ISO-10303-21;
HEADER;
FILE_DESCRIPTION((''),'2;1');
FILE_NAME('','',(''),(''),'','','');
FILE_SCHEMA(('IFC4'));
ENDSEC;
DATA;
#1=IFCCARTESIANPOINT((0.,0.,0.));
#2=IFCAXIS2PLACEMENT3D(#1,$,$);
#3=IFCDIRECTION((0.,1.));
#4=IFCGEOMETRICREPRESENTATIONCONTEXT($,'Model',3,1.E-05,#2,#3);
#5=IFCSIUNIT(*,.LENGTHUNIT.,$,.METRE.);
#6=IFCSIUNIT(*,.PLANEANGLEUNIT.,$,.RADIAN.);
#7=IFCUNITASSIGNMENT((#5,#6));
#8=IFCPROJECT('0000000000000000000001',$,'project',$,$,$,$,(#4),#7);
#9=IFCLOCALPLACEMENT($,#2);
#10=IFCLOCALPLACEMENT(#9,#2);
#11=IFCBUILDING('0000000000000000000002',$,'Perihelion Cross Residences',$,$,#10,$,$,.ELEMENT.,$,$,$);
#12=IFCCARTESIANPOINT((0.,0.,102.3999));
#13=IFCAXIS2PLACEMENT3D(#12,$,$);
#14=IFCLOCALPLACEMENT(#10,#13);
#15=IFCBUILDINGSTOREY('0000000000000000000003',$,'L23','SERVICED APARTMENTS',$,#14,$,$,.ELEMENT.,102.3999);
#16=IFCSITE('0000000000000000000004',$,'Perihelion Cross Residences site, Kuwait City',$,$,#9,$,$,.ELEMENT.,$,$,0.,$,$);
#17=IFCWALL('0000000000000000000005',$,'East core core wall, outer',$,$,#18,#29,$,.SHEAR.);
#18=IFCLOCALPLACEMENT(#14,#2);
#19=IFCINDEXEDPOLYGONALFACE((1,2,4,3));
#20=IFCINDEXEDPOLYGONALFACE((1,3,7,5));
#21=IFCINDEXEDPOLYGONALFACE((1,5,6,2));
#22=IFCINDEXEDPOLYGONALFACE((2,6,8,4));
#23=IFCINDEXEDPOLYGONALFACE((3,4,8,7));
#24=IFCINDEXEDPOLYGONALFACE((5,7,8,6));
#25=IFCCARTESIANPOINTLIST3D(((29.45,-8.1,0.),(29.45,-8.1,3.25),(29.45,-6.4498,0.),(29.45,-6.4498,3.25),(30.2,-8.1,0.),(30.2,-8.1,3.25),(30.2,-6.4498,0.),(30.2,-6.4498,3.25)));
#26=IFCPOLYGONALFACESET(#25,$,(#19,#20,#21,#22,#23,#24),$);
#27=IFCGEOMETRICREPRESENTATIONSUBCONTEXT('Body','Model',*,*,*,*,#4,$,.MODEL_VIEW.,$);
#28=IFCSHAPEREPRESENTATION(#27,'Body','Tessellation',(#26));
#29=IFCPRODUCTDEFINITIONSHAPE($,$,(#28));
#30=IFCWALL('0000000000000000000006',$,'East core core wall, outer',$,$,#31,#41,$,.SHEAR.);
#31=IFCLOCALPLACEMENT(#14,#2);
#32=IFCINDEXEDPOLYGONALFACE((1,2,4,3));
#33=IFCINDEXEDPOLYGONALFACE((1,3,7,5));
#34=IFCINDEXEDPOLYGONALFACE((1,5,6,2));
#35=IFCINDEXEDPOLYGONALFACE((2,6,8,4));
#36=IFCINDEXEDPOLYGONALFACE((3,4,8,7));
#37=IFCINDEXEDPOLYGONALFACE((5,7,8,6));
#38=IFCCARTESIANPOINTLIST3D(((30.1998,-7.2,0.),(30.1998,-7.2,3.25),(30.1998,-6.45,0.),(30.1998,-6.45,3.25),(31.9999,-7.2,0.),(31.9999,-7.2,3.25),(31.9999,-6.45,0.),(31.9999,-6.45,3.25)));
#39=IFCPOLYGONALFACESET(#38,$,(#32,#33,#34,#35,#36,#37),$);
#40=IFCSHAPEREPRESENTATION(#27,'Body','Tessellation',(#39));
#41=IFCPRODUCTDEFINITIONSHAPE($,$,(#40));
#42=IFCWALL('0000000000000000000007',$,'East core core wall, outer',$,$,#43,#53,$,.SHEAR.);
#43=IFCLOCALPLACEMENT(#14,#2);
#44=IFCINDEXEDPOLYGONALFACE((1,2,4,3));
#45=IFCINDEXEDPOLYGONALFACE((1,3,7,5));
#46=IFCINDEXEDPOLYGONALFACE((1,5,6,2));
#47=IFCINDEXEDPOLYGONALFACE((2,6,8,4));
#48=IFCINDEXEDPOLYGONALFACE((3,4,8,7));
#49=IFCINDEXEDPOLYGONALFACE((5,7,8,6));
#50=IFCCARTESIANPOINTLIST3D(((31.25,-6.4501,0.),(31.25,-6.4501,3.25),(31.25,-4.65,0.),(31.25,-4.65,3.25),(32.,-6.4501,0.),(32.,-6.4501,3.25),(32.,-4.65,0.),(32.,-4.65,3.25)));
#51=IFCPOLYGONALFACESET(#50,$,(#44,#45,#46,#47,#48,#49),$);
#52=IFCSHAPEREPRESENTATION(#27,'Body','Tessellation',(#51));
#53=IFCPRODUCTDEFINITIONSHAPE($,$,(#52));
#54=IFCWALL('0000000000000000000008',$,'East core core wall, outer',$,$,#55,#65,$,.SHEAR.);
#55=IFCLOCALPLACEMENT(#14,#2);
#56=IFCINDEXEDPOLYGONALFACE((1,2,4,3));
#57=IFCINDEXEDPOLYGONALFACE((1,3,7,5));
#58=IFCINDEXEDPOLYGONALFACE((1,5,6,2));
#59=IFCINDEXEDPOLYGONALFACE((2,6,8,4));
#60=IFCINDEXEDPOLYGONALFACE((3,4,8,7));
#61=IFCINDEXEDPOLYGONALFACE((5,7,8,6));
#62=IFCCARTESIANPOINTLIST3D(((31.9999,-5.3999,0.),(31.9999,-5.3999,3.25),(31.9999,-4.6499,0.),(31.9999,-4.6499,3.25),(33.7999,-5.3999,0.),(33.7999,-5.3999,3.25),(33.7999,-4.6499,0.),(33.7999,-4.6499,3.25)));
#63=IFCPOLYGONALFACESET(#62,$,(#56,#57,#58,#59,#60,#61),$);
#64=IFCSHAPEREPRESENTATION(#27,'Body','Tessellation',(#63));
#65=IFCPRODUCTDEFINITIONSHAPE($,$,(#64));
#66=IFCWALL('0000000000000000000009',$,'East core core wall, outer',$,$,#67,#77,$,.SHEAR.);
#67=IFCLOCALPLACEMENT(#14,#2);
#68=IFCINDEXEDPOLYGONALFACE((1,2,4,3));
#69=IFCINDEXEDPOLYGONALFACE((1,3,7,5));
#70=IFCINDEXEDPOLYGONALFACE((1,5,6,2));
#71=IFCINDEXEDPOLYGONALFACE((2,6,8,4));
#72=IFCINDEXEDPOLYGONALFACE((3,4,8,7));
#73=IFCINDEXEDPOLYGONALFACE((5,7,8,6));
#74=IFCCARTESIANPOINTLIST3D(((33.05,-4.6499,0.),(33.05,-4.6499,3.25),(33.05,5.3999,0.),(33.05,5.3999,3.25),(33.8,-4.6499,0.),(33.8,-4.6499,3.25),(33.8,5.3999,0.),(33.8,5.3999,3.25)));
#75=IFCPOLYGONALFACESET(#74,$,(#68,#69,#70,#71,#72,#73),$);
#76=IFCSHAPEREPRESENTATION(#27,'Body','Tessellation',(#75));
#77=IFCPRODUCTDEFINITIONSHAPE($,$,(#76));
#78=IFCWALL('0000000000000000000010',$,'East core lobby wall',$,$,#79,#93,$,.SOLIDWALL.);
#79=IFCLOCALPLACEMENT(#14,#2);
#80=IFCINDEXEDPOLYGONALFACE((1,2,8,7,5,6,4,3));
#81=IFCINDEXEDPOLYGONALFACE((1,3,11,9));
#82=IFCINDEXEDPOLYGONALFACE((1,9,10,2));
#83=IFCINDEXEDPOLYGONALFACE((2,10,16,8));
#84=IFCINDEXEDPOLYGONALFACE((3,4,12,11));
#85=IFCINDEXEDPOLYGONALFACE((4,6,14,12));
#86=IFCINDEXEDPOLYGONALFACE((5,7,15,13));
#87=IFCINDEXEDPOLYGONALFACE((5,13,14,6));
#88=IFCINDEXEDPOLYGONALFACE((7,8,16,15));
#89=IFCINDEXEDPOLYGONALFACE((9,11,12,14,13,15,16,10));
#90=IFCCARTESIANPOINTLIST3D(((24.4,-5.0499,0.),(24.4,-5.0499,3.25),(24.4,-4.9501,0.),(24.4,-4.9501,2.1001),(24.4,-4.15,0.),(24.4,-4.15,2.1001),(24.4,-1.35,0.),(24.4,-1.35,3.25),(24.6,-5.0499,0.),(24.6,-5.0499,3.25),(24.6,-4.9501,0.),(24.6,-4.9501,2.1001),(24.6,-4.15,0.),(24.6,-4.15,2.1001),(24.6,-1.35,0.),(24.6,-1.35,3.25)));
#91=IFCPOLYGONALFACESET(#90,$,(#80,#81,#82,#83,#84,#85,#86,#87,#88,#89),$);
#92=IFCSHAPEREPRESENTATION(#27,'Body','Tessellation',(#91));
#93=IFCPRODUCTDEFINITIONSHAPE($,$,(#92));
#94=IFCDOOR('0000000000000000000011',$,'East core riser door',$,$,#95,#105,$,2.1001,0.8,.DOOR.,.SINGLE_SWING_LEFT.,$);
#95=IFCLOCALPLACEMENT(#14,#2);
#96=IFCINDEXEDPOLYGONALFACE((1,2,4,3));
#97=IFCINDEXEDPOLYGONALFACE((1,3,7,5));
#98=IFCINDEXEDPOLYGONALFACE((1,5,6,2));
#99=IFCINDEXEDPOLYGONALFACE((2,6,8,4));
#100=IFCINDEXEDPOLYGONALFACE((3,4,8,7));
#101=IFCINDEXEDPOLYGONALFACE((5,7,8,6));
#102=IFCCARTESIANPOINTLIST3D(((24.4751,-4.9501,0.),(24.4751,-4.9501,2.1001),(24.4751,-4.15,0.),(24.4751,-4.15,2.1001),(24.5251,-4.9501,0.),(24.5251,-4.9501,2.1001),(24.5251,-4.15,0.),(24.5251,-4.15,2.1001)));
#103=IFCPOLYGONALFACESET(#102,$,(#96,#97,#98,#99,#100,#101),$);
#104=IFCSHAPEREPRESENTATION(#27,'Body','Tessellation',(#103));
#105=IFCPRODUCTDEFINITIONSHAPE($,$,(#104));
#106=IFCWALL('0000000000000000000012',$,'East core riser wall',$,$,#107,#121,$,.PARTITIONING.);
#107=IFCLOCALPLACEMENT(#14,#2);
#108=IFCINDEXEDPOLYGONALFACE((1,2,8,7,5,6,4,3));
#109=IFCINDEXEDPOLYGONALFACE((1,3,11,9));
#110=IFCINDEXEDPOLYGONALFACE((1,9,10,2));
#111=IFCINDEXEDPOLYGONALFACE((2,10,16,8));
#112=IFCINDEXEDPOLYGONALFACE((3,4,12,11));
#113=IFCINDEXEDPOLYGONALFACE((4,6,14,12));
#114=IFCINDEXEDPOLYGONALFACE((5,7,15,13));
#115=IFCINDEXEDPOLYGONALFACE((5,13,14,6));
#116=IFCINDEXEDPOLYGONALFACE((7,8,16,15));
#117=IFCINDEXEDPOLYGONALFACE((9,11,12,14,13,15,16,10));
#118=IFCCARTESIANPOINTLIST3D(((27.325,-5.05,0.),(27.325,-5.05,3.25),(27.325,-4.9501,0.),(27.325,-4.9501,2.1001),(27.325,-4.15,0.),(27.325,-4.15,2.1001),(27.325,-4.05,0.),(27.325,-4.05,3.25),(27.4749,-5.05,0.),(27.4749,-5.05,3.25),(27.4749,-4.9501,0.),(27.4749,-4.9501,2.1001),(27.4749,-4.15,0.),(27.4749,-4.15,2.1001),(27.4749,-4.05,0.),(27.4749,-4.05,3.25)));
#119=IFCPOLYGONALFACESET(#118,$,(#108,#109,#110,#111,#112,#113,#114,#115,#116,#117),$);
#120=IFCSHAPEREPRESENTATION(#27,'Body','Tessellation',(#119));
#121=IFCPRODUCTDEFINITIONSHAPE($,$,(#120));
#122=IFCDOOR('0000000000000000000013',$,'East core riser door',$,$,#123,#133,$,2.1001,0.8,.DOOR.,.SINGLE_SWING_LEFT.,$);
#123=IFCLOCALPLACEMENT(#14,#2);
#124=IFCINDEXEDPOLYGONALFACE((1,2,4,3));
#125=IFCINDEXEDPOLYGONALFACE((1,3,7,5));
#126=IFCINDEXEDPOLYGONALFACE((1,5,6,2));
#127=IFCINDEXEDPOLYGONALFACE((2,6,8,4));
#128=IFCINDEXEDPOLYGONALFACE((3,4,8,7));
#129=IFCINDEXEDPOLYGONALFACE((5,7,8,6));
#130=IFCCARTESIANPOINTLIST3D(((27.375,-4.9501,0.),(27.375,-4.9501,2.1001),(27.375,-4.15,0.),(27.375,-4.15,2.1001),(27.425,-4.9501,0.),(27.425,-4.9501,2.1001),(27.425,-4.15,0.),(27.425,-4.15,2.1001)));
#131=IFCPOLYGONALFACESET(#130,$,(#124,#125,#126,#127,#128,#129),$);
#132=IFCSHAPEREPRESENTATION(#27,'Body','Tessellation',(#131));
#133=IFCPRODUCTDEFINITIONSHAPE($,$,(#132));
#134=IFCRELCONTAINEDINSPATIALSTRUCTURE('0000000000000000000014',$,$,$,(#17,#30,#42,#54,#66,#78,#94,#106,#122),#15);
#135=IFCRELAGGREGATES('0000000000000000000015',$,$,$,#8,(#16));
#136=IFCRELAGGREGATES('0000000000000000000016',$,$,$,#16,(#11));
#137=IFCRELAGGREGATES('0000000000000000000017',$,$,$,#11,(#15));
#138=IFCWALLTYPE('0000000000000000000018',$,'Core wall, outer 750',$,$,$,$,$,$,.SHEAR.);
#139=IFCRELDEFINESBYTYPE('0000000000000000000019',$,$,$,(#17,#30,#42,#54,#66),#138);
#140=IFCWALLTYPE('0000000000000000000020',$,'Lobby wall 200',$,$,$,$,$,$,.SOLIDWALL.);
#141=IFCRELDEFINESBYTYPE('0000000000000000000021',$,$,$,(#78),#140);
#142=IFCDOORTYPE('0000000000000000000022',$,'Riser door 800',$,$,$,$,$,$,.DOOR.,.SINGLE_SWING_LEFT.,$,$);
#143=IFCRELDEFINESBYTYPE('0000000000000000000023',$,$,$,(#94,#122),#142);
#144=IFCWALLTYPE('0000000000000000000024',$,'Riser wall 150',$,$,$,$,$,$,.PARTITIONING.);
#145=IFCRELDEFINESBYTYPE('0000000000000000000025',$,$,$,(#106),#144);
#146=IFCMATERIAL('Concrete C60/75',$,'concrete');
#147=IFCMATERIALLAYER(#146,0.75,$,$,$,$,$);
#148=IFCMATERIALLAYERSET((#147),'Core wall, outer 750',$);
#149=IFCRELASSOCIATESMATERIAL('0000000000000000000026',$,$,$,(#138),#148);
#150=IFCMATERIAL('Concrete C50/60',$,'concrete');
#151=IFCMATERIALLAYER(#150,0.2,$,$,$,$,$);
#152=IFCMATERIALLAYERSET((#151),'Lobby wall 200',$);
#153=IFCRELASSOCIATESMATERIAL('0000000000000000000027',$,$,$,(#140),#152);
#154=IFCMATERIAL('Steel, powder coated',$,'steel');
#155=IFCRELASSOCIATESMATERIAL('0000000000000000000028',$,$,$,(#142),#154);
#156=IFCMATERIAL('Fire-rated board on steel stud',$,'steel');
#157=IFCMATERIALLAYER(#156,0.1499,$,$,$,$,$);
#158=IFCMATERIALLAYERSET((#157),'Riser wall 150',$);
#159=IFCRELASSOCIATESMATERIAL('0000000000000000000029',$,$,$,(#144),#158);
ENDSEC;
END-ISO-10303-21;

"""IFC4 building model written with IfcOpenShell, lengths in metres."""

from ifc_helpers import new_model, si_unit, direction, frame, frame_2d, origin, place, context, subcontext, project, spatial, rectangle, extrude, material, layer, layer_set, type_object, element, fill, save


model = new_model("IFC4")

# Units and contexts
model_context = context("Model", 3, precision=1e-05, world=origin(), true_north=direction((0.0, 1.0)))
body_context = subcontext(model_context, "Body", "Model", "MODEL_VIEW")
ifc_project = project(units=[si_unit("LENGTHUNIT", "METRE"), si_unit("PLANEANGLEUNIT", "RADIAN")], contexts=[model_context])

# Site, building, storey
site_placement = place(None, origin())
site = spatial("IfcSite", under=ifc_project, at=site_placement, Name="Perihelion Cross Residences site, Kuwait City", CompositionType="ELEMENT", RefElevation=0.0)
building_placement = place(site_placement, origin())
building = spatial("IfcBuilding", under=site, at=building_placement, Name="Perihelion Cross Residences", CompositionType="ELEMENT")
storey_placement = place(building_placement, frame((0.0, 0.0, 102.3999)))
storey = spatial("IfcBuildingStorey", under=building, at=storey_placement, Name="L23", Description="SERVICED APARTMENTS", CompositionType="ELEMENT", Elevation=102.3999)

# Walls
ifc_material_1 = material(Name="Concrete C60/75", Category="concrete")
ifc_layer_1 = layer(ifc_material_1, 0.75)
ifc_layer_set_1 = layer_set([ifc_layer_1], Name="Core wall, outer 750")
wall_type_1 = type_object("IfcWallType", Name="Core wall, outer 750", PredefinedType="SHEAR", material=ifc_layer_set_1)
wall_1_placement = place(storey_placement, frame((29.825, -8.1001, 0.0), z_axis=(0.0, 0.0, 1.0), x_axis=(0.0, 1.0, 0.0)))
element("IfcWall", 1, at=wall_1_placement, inside=storey, type_object=wall_type_1, Name="East core core wall, outer", PredefinedType="SHEAR", context=body_context, shape_type="SweptSolid", body=[
    extrude(rectangle(XDim=1.6501, YDim=0.75, at=frame_2d((0.8252, 0.0))), origin(), (0.0, 0.0, 1.0), 3.25),
])
for number, where, z_axis, x_axis, name in (
    (2, (30.2, -6.825, 0.0), (0.0, 0.0, 1.0), (1.0, 0.0, 0.0), "East core core wall, outer"),
    (3, (31.625, -6.45, 0.0), (0.0, 0.0, 1.0), (0.0, 1.0, 0.0), "East core core wall, outer"),
    (4, (32.0, -5.0249, 0.0), (0.0, 0.0, 1.0), (1.0, 0.0, 0.0), "East core core wall, outer"),
):
    element("IfcWall", number, at=place(storey_placement, frame(where, z_axis=z_axis, x_axis=x_axis)), inside=storey, type_object=wall_type_1, Name=name, PredefinedType="SHEAR", context=body_context, shape_type="SweptSolid", body=[
        extrude(rectangle(XDim=1.8, YDim=0.75, at=frame_2d((0.8999, 0.0))), origin(), (0.0, 0.0, 1.0), 3.25),
    ])
wall_2_placement = place(storey_placement, frame((33.425, -4.6499, 0.0), z_axis=(0.0, 0.0, 1.0), x_axis=(0.0, 1.0, 0.0)))
element("IfcWall", 5, at=wall_2_placement, inside=storey, type_object=wall_type_1, Name="East core core wall, outer", PredefinedType="SHEAR", context=body_context, shape_type="SweptSolid", body=[
    extrude(rectangle(XDim=10.0498, YDim=0.75, at=frame_2d((5.0249, 0.0))), origin(), (0.0, 0.0, 1.0), 3.25),
])

# Walls, openings, doors
ifc_material_2 = material(Name="Concrete C50/60", Category="concrete")
ifc_layer_2 = layer(ifc_material_2, 0.2)
ifc_layer_set_2 = layer_set([ifc_layer_2], Name="Lobby wall 200")
wall_type_2 = type_object("IfcWallType", Name="Lobby wall 200", PredefinedType="SOLIDWALL", material=ifc_layer_set_2)
wall_3_placement = place(storey_placement, frame((24.5, -5.05, 0.0), z_axis=(0.0, 0.0, 1.0), x_axis=(0.0, 1.0, 0.0)))
wall_3 = element("IfcWall", 6, at=wall_3_placement, inside=storey, type_object=wall_type_2, Name="East core lobby wall", PredefinedType="SOLIDWALL", context=body_context, shape_type="SweptSolid", body=[
    extrude(rectangle(XDim=3.7, YDim=0.2, at=frame_2d((1.8501, 0.0))), origin(), (0.0, 0.0, 1.0), 3.25),
])
opening_1_placement = place(wall_3_placement, frame((0.1001, 0.0, 0.0)))
opening_1 = element("IfcOpeningElement", 7, at=opening_1_placement, cuts=wall_3, PredefinedType="OPENING", context=body_context, shape_type="SweptSolid", body=[
    extrude(rectangle(XDim=0.8, YDim=2.1001, at=frame_2d((0.3999, 1.05))), frame((0.0, 0.1099, 0.0), z_axis=(0.0, -1.0, 0.0), x_axis=(1.0, 0.0, 0.0)), (0.0, 0.0, 1.0), 0.22),
])
ifc_material_3 = material(Name="Steel, powder coated", Category="steel")
door_type_1 = type_object("IfcDoorType", Name="Riser door 800", OperationType="SINGLE_SWING_LEFT", PredefinedType="DOOR", material=ifc_material_3)
door_1_placement = place(opening_1_placement, origin())
door_1 = element("IfcDoor", 8, at=door_1_placement, inside=storey, type_object=door_type_1, Name="East core riser door", OperationType="SINGLE_SWING_LEFT", OverallHeight=2.1001, OverallWidth=0.8, PredefinedType="DOOR", context=body_context, shape_type="SweptSolid", body=[
    extrude(rectangle(XDim=0.8, YDim=2.1001, at=frame_2d((0.3999, 1.05))), frame((0.0, 0.0249, 0.0), z_axis=(0.0, -1.0, 0.0), x_axis=(1.0, 0.0, 0.0)), (0.0, 0.0, 1.0), 0.05),
])
fill(opening_1, door_1)
ifc_material_4 = material(Name="Fire-rated board on steel stud", Category="steel")
ifc_layer_3 = layer(ifc_material_4, 0.1499)
ifc_layer_set_3 = layer_set([ifc_layer_3], Name="Riser wall 150")
wall_type_3 = type_object("IfcWallType", Name="Riser wall 150", PredefinedType="PARTITIONING", material=ifc_layer_set_3)
wall_4_placement = place(storey_placement, frame((27.3999, -5.05, 0.0), z_axis=(0.0, 0.0, 1.0), x_axis=(0.0, 1.0, 0.0)))
wall_4 = element("IfcWall", 9, at=wall_4_placement, inside=storey, type_object=wall_type_3, Name="East core riser wall", PredefinedType="PARTITIONING", context=body_context, shape_type="SweptSolid", body=[
    extrude(rectangle(XDim=1.0, YDim=0.1499, at=frame_2d((0.5, 0.0))), origin(), (0.0, 0.0, 1.0), 3.25),
])
opening_2_placement = place(wall_4_placement, frame((0.1001, 0.0, 0.0)))
opening_2 = element("IfcOpeningElement", 10, at=opening_2_placement, cuts=wall_4, PredefinedType="OPENING", context=body_context, shape_type="SweptSolid", body=[
    extrude(rectangle(XDim=0.8, YDim=2.1001, at=frame_2d((0.3999, 1.05))), frame((0.0, 0.085, 0.0), z_axis=(0.0, -1.0, 0.0), x_axis=(1.0, 0.0, 0.0)), (0.0, 0.0, 1.0), 0.1699),
])
door_2_placement = place(opening_2_placement, origin())
door_2 = element("IfcDoor", 11, at=door_2_placement, inside=storey, type_object=door_type_1, Name="East core riser door", OperationType="SINGLE_SWING_LEFT", OverallHeight=2.1001, OverallWidth=0.8, PredefinedType="DOOR", context=body_context, shape_type="SweptSolid", body=[
    extrude(rectangle(XDim=0.8, YDim=2.1001, at=frame_2d((0.3999, 1.05))), frame((0.0, 0.0249, 0.0), z_axis=(0.0, -1.0, 0.0), x_axis=(1.0, 0.0, 0.0)), (0.0, 0.0, 1.0), 0.05),
])
fill(opening_2, door_2)

save(model, "model.ifc")
